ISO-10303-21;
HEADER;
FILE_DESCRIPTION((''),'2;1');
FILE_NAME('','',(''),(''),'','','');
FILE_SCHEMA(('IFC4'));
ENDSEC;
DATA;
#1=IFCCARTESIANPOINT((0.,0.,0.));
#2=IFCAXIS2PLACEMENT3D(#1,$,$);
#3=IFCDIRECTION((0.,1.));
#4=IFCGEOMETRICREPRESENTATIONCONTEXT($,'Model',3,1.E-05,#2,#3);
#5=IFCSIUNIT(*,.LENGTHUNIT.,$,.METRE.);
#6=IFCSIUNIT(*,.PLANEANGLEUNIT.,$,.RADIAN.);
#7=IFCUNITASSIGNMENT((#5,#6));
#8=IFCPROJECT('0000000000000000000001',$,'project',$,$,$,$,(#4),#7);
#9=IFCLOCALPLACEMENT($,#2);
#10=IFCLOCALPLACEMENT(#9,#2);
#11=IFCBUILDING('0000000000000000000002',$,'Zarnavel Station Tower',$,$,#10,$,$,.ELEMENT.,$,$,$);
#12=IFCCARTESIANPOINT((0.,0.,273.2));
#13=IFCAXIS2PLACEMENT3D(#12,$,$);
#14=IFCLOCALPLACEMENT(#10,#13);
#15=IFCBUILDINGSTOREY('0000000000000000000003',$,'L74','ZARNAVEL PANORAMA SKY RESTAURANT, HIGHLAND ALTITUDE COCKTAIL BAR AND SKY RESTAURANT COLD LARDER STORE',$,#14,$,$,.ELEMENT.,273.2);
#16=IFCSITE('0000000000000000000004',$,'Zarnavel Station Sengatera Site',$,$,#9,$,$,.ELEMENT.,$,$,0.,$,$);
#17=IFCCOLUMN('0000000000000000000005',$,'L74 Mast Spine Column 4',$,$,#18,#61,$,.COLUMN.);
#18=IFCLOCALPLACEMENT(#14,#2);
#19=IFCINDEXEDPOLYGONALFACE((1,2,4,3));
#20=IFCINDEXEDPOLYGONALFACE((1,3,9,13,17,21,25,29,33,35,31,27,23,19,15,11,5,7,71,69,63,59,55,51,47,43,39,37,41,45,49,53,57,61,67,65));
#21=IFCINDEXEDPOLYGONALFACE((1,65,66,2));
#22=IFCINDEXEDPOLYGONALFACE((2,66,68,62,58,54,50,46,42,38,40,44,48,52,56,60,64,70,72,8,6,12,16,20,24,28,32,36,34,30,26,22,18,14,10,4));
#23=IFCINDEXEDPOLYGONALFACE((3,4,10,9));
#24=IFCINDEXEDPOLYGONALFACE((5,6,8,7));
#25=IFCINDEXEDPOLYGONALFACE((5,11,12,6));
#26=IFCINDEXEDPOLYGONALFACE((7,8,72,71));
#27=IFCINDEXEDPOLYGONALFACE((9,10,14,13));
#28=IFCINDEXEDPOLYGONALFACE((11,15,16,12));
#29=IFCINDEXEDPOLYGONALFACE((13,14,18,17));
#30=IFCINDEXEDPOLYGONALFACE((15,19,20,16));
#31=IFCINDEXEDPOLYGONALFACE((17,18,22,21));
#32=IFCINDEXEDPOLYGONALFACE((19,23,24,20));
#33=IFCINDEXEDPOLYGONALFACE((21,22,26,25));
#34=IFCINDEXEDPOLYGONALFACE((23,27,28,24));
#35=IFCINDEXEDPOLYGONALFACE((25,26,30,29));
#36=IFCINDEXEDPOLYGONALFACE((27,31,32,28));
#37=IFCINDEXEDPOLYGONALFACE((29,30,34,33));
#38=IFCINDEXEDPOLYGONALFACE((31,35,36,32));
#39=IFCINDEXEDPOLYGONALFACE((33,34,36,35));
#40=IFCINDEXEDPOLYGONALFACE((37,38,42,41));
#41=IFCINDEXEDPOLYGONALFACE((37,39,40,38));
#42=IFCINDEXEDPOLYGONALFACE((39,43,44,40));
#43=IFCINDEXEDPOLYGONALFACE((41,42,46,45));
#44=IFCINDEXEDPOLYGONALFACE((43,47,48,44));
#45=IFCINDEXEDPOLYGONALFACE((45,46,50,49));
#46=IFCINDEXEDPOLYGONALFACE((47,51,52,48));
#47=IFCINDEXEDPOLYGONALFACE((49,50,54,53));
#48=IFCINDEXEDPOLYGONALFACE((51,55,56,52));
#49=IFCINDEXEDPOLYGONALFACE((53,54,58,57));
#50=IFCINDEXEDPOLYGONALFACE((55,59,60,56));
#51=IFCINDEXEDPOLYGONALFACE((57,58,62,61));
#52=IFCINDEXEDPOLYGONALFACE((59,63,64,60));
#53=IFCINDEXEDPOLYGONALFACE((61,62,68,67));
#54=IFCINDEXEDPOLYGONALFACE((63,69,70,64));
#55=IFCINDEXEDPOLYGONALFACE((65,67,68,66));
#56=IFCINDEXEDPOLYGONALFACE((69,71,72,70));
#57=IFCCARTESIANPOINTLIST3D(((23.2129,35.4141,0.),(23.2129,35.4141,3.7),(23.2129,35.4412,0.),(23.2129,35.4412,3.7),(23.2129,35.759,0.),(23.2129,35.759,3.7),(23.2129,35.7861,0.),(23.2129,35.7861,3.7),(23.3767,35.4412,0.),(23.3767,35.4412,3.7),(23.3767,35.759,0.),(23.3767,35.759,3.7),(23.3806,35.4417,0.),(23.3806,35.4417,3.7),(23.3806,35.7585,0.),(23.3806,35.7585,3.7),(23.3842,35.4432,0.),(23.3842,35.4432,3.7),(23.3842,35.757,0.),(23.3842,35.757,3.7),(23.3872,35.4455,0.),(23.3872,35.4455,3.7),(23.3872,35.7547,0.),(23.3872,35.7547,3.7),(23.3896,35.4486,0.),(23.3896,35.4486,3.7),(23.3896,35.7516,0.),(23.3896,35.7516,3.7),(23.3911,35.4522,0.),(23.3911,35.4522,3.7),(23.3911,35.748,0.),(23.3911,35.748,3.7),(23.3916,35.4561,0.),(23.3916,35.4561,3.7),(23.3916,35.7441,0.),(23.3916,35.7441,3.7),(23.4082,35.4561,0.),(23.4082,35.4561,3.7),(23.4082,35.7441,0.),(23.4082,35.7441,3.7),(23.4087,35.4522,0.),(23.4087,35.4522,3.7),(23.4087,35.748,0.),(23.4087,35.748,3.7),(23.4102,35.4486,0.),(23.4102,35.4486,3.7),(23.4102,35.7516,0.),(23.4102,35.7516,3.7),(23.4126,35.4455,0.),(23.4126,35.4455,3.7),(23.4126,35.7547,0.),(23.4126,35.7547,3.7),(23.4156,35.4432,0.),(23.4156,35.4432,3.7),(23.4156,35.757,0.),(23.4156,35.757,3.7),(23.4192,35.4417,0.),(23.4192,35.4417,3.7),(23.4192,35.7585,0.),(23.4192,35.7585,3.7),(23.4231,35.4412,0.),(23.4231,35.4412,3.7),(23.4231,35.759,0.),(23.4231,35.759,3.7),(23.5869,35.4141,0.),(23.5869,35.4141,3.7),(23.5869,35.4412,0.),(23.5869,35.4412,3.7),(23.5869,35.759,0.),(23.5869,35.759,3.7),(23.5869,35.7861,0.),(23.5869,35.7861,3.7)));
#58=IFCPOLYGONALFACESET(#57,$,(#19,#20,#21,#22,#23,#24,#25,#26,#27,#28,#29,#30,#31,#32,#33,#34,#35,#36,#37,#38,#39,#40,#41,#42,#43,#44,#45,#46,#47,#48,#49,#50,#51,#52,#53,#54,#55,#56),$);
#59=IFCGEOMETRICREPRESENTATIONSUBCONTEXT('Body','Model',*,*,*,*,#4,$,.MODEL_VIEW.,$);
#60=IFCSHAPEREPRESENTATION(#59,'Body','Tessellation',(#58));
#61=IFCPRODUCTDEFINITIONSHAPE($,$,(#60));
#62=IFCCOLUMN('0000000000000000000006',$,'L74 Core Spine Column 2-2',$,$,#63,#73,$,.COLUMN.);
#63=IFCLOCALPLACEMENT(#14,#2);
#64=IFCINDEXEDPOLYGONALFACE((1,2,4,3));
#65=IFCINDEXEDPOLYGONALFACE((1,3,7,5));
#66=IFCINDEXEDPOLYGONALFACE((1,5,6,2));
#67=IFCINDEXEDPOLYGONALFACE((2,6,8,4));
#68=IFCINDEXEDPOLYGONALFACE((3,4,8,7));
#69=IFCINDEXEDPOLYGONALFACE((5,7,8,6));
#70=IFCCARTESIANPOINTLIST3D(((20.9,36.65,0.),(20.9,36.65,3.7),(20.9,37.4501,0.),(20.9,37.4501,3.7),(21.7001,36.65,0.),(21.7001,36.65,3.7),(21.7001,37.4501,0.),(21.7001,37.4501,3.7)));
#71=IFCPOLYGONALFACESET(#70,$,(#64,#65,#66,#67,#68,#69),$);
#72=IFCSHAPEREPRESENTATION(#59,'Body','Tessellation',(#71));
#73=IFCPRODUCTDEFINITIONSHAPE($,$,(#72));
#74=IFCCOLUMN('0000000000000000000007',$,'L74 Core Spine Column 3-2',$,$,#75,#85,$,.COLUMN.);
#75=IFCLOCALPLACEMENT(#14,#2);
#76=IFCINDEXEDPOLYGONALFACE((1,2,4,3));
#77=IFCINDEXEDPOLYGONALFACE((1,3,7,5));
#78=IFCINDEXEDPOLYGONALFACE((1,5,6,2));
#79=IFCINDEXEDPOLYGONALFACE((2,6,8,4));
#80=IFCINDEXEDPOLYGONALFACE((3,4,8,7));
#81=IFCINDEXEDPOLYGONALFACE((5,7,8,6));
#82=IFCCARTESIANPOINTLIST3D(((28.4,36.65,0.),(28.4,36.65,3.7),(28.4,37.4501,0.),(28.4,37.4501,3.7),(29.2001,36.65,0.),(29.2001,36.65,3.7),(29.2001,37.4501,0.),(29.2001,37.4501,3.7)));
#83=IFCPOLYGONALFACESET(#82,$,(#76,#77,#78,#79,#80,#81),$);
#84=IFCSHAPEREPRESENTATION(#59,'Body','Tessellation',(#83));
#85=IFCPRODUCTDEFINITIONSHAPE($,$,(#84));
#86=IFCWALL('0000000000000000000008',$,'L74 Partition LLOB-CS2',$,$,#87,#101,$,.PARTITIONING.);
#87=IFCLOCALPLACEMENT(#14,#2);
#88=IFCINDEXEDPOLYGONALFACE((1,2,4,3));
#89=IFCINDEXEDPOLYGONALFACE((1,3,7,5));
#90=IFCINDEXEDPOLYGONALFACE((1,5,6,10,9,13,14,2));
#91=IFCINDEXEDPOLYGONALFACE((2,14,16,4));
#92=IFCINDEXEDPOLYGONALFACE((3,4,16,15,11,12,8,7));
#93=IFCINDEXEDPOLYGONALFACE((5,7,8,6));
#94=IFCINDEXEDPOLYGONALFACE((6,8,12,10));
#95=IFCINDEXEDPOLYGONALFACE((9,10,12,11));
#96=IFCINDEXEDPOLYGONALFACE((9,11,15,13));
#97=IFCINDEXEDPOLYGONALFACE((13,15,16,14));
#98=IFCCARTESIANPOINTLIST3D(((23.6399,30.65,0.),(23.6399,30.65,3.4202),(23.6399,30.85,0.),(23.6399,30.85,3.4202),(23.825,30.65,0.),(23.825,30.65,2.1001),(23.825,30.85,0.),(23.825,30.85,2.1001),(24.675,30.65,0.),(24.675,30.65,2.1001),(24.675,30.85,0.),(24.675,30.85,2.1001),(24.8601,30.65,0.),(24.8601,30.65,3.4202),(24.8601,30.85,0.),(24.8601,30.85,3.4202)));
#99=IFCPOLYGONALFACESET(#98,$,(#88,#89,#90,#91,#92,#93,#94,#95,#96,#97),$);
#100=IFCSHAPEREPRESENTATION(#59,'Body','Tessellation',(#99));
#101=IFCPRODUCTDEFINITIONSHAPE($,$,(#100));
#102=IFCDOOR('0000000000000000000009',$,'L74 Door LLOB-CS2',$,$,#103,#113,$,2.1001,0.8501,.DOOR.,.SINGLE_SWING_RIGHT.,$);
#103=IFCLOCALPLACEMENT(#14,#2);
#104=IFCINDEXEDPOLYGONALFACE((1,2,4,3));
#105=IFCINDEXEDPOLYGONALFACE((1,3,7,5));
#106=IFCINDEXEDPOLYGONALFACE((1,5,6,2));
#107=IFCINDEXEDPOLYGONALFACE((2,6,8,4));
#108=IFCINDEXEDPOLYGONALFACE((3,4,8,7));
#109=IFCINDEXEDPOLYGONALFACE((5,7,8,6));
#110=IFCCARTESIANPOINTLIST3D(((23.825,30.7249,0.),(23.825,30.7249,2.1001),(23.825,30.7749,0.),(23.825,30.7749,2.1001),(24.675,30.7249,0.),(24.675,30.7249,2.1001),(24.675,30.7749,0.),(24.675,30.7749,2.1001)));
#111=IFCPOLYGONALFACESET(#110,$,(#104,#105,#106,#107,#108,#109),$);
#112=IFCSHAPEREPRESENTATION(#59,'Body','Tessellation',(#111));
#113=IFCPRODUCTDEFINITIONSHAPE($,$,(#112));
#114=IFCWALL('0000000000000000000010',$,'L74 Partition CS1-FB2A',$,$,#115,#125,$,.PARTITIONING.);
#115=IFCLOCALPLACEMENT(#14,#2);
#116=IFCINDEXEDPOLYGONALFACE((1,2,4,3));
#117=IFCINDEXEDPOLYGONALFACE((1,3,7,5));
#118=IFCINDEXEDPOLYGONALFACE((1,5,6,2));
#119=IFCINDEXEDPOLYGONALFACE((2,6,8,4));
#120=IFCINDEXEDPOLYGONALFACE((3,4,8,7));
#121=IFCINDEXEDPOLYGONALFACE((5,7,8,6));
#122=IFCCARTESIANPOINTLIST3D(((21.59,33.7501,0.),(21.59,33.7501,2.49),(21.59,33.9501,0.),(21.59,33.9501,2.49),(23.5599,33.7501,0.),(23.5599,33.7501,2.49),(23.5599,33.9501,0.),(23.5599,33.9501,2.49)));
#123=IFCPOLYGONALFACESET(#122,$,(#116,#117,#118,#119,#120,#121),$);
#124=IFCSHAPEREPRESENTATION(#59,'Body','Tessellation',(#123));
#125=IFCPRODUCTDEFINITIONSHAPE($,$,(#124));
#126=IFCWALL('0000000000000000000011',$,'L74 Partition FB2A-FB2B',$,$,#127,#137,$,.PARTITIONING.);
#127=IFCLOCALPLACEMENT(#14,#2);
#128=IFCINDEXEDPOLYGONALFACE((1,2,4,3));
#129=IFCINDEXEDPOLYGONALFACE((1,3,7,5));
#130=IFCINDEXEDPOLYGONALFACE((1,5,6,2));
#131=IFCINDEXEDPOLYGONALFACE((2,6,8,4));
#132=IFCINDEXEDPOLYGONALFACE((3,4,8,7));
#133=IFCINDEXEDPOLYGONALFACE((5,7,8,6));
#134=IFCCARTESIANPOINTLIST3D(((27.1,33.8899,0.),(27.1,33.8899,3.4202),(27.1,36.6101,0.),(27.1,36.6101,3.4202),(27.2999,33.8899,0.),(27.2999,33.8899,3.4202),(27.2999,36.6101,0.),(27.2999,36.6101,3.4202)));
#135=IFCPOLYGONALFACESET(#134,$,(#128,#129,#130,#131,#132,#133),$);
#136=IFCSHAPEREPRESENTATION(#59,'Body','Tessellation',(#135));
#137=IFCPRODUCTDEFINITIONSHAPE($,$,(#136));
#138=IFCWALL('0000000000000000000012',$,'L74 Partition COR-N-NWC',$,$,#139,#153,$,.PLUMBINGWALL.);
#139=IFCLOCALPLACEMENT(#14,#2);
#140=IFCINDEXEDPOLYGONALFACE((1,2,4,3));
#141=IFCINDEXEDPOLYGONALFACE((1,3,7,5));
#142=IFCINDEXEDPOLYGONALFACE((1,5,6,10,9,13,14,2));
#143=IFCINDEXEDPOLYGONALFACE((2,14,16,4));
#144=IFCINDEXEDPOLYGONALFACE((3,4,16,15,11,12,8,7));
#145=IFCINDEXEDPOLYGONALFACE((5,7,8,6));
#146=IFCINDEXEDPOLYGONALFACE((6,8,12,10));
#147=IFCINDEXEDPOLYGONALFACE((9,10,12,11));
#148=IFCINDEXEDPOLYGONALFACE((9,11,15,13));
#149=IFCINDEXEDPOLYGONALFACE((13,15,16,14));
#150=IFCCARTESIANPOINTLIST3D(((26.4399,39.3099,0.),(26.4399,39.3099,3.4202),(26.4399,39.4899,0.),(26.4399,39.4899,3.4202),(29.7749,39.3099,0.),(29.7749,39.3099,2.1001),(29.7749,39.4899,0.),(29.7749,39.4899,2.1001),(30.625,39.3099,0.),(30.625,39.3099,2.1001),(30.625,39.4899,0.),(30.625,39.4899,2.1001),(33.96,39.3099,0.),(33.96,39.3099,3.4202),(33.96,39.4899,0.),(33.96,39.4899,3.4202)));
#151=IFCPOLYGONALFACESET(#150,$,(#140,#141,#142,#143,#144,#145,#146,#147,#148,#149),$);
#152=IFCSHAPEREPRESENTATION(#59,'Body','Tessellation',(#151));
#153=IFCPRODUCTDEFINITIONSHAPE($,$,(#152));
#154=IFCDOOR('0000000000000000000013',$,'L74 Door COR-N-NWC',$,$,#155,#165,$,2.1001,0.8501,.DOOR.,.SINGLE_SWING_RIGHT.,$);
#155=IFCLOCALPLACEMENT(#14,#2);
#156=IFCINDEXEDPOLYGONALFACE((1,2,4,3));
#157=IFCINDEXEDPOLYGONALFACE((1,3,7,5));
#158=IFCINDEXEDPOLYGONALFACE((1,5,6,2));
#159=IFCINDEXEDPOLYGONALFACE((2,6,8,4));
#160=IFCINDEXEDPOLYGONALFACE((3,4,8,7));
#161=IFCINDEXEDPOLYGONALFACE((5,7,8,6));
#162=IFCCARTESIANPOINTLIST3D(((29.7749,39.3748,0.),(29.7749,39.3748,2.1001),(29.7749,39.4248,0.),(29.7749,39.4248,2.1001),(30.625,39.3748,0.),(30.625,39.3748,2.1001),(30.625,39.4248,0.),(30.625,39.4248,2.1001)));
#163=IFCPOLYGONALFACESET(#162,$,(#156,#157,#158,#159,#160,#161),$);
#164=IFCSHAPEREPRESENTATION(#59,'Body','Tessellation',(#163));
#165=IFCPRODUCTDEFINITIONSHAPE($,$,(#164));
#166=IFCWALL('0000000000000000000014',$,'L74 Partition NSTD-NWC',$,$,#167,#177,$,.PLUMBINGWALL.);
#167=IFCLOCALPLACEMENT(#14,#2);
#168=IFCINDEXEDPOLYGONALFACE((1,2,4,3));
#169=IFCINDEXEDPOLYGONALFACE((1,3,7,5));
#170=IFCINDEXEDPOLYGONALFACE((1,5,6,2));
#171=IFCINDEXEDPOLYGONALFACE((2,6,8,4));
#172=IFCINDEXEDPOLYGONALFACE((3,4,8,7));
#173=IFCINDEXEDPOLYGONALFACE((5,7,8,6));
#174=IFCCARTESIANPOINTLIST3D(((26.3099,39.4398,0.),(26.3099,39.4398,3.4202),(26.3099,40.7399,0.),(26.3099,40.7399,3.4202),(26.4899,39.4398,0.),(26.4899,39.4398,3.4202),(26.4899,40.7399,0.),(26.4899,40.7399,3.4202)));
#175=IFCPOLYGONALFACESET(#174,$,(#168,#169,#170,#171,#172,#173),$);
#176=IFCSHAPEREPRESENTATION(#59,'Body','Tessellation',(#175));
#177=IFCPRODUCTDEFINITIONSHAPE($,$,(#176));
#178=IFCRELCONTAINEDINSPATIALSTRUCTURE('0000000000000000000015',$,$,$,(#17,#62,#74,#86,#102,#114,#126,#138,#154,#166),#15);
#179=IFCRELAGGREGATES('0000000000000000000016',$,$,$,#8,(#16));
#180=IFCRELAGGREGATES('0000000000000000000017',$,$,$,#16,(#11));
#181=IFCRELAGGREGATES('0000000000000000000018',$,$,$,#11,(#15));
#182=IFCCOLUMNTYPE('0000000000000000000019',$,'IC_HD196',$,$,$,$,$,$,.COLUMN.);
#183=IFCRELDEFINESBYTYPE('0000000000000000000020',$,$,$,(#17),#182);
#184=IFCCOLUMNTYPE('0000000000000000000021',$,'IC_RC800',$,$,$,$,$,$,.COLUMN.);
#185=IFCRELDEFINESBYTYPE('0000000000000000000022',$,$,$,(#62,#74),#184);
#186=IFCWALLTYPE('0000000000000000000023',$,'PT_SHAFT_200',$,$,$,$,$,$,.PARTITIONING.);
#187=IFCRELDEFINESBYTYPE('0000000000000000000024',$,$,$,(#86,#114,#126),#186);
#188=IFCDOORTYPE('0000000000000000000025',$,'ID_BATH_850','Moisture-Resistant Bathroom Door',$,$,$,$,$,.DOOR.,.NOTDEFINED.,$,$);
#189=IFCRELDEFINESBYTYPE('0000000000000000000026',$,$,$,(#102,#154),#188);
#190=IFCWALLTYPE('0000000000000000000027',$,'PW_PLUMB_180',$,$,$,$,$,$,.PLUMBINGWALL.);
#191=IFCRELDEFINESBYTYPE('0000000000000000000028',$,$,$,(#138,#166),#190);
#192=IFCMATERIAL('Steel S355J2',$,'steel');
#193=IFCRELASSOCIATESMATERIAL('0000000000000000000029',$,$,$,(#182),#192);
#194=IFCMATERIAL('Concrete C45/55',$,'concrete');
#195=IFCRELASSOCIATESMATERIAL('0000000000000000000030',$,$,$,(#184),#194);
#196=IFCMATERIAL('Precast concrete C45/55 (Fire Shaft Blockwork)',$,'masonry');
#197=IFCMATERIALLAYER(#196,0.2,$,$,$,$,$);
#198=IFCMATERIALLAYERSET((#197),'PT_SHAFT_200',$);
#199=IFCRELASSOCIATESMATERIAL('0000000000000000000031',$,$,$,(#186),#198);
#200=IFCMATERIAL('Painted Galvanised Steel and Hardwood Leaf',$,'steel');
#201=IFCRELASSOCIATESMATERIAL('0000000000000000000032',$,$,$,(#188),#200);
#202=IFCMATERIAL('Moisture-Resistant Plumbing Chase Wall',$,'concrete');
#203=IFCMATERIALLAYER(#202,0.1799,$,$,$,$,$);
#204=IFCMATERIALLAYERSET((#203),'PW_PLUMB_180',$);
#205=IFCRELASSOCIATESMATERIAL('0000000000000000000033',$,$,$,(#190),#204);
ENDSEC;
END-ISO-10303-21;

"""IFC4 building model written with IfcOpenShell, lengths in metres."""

from ifc_helpers import new_model, si_unit, direction, frame, frame_2d, origin, origin_2d, place, context, subcontext, project, spatial, rectangle, i_section, extrude, material, layer, layer_set, material_profile, profile_set, type_object, element, fill, save


model = new_model("IFC4")

# Units and contexts
model_context = context("Model", 3, precision=1e-05, world=origin(), true_north=direction((0.0, 1.0)))
body_context = subcontext(model_context, "Body", "Model", "MODEL_VIEW")
ifc_project = project(units=[si_unit("LENGTHUNIT", "METRE"), si_unit("PLANEANGLEUNIT", "RADIAN")], contexts=[model_context])

# Site, building, storey
site_placement = place(None, origin())
site = spatial("IfcSite", under=ifc_project, at=site_placement, Name="Zarnavel Station Sengatera Site", CompositionType="ELEMENT", RefElevation=0.0)
building_placement = place(site_placement, origin())
building = spatial("IfcBuilding", under=site, at=building_placement, Name="Zarnavel Station Tower", CompositionType="ELEMENT")
storey_placement = place(building_placement, frame((0.0, 0.0, 273.2)))
storey = spatial("IfcBuildingStorey", under=building, at=storey_placement, Name="L74", Description="ZARNAVEL PANORAMA SKY RESTAURANT, HIGHLAND ALTITUDE COCKTAIL BAR AND SKY RESTAURANT COLD LARDER STORE", CompositionType="ELEMENT", Elevation=273.2)

# Columns
ifc_material_1 = material(Name="Steel S355J2", Category="steel")
ifc_material_profile_1 = material_profile(ifc_material_1, i_section(OverallWidth=0.374, OverallDepth=0.3721, WebThickness=0.0166, FlangeThickness=0.0271, FilletRadius=0.0149, at=origin_2d()), Name="HD360x196")
ifc_profile_set_1 = profile_set([ifc_material_profile_1], Name="Steel S355J2")
column_type_1 = type_object("IfcColumnType", Name="IC_HD196", PredefinedType="COLUMN", material=ifc_profile_set_1)
column_placement = place(storey_placement, frame((23.3999, 35.6001, 0.0), z_axis=(0.0, 0.0, 1.0), x_axis=(1.0, 0.0, 0.0)))
element("IfcColumn", 1, at=column_placement, inside=storey, type_object=column_type_1, Name="L74 Mast Spine Column 4", PredefinedType="COLUMN", context=body_context, shape_type="SweptSolid", body=[
    extrude(i_section(OverallWidth=0.374, OverallDepth=0.3721, WebThickness=0.0166, FlangeThickness=0.0271, FilletRadius=0.0149, at=origin_2d()), origin(), (0.0, 0.0, 1.0), 3.7),
])
ifc_material_2 = material(Name="Concrete C45/55", Category="concrete")
ifc_material_profile_2 = material_profile(ifc_material_2, rectangle(XDim=0.8, YDim=0.8, at=origin_2d()), Name="RC800x800")
ifc_profile_set_2 = profile_set([ifc_material_profile_2], Name="Concrete C45/55")
column_type_2 = type_object("IfcColumnType", Name="IC_RC800", PredefinedType="COLUMN", material=ifc_profile_set_2)
for number, where, z_axis, x_axis, name in (
    (2, (21.3, 37.05, 0.0), (0.0, 0.0, 1.0), (1.0, 0.0, 0.0), "L74 Core Spine Column 2-2"),
    (3, (28.8, 37.05, 0.0), (0.0, 0.0, 1.0), (1.0, 0.0, 0.0), "L74 Core Spine Column 3-2"),
):
    element("IfcColumn", number, at=place(storey_placement, frame(where, z_axis=z_axis, x_axis=x_axis)), inside=storey, type_object=column_type_2, Name=name, PredefinedType="COLUMN", context=body_context, shape_type="SweptSolid", body=[
        extrude(rectangle(XDim=0.8, YDim=0.8, at=origin_2d()), origin(), (0.0, 0.0, 1.0), 3.7),
    ])

# Wall, opening, door
ifc_material_3 = material(Name="Precast concrete C45/55 (Fire Shaft Blockwork)", Category="masonry")
ifc_layer_1 = layer(ifc_material_3, 0.2)
ifc_layer_set_1 = layer_set([ifc_layer_1], Name="PT_SHAFT_200")
wall_type_1 = type_object("IfcWallType", Name="PT_SHAFT_200", PredefinedType="PARTITIONING", material=ifc_layer_set_1)
wall_1_placement = place(storey_placement, frame((23.6399, 30.75, 0.0), z_axis=(0.0, 0.0, 1.0), x_axis=(1.0, 0.0, 0.0)))
wall_1 = element("IfcWall", 4, at=wall_1_placement, inside=storey, type_object=wall_type_1, Name="L74 Partition LLOB-CS2", PredefinedType="PARTITIONING", context=body_context, shape_type="SweptSolid", body=[
    extrude(rectangle(XDim=1.2202, YDim=0.2, at=frame_2d((0.6101, 0.0))), origin(), (0.0, 0.0, 1.0), 3.4202),
])
opening_1_placement = place(wall_1_placement, frame((0.1851, 0.0, 0.0)))
opening_1 = element("IfcOpeningElement", 5, at=opening_1_placement, cuts=wall_1, PredefinedType="OPENING", context=body_context, shape_type="SweptSolid", body=[
    extrude(rectangle(XDim=0.8501, YDim=2.1001, at=frame_2d((0.425, 1.05))), frame((0.0, 0.1099, 0.0), z_axis=(0.0, -1.0, 0.0), x_axis=(1.0, 0.0, 0.0)), (0.0, 0.0, 1.0), 0.22),
])
ifc_material_4 = material(Name="Painted Galvanised Steel and Hardwood Leaf", Category="steel")
door_type_1 = type_object("IfcDoorType", Name="ID_BATH_850", Description="Moisture-Resistant Bathroom Door", OperationType="NOTDEFINED", PredefinedType="DOOR", material=ifc_material_4)
door_1_placement = place(opening_1_placement, origin())
door_1 = element("IfcDoor", 6, at=door_1_placement, inside=storey, type_object=door_type_1, Name="L74 Door LLOB-CS2", OperationType="SINGLE_SWING_RIGHT", OverallHeight=2.1001, OverallWidth=0.8501, PredefinedType="DOOR", context=body_context, shape_type="SweptSolid", body=[
    extrude(rectangle(XDim=0.8501, YDim=2.1001, at=frame_2d((0.425, 1.05))), frame((0.0, 0.0249, 0.0), z_axis=(0.0, -1.0, 0.0), x_axis=(1.0, 0.0, 0.0)), (0.0, 0.0, 1.0), 0.05),
])
fill(opening_1, door_1)

# Walls
wall_2_placement = place(storey_placement, frame((21.5901, 33.8501, 0.0), z_axis=(0.0, 0.0, 1.0), x_axis=(1.0, 0.0, 0.0)))
element("IfcWall", 7, at=wall_2_placement, inside=storey, type_object=wall_type_1, Name="L74 Partition CS1-FB2A", PredefinedType="PARTITIONING", context=body_context, shape_type="SweptSolid", body=[
    extrude(rectangle(XDim=1.97, YDim=0.2, at=frame_2d((0.9849, 0.0))), origin(), (0.0, 0.0, 1.0), 2.49),
])
wall_3_placement = place(storey_placement, frame((27.2, 33.8899, 0.0), z_axis=(0.0, 0.0, 1.0), x_axis=(0.0, 1.0, 0.0)))
element("IfcWall", 8, at=wall_3_placement, inside=storey, type_object=wall_type_1, Name="L74 Partition FB2A-FB2B", PredefinedType="PARTITIONING", context=body_context, shape_type="SweptSolid", body=[
    extrude(rectangle(XDim=2.7202, YDim=0.2, at=frame_2d((1.3601, 0.0))), origin(), (0.0, 0.0, 1.0), 3.4202),
])

# Wall, opening, door
ifc_material_5 = material(Name="Moisture-Resistant Plumbing Chase Wall", Category="concrete")
ifc_layer_2 = layer(ifc_material_5, 0.1799)
ifc_layer_set_2 = layer_set([ifc_layer_2], Name="PW_PLUMB_180")
wall_type_2 = type_object("IfcWallType", Name="PW_PLUMB_180", PredefinedType="PLUMBINGWALL", material=ifc_layer_set_2)
wall_4_placement = place(storey_placement, frame((26.4399, 39.3999, 0.0), z_axis=(0.0, 0.0, 1.0), x_axis=(1.0, 0.0, 0.0)))
wall_4 = element("IfcWall", 9, at=wall_4_placement, inside=storey, type_object=wall_type_2, Name="L74 Partition COR-N-NWC", PredefinedType="PLUMBINGWALL", context=body_context, shape_type="SweptSolid", body=[
    extrude(rectangle(XDim=7.52, YDim=0.1799, at=frame_2d((3.76, 0.0))), origin(), (0.0, 0.0, 1.0), 3.4202),
])
opening_2_placement = place(wall_4_placement, frame((3.335, 0.0, 0.0)))
opening_2 = element("IfcOpeningElement", 10, at=opening_2_placement, cuts=wall_4, PredefinedType="OPENING", context=body_context, shape_type="SweptSolid", body=[
    extrude(rectangle(XDim=0.8501, YDim=2.1001, at=frame_2d((0.425, 1.05))), frame((0.0, 0.0999, 0.0), z_axis=(0.0, -1.0, 0.0), x_axis=(1.0, 0.0, 0.0)), (0.0, 0.0, 1.0), 0.2),
])
door_2_placement = place(opening_2_placement, origin())
door_2 = element("IfcDoor", 11, at=door_2_placement, inside=storey, type_object=door_type_1, Name="L74 Door COR-N-NWC", OperationType="SINGLE_SWING_RIGHT", OverallHeight=2.1001, OverallWidth=0.8501, PredefinedType="DOOR", context=body_context, shape_type="SweptSolid", body=[
    extrude(rectangle(XDim=0.8501, YDim=2.1001, at=frame_2d((0.425, 1.05))), frame((0.0, 0.0249, 0.0), z_axis=(0.0, -1.0, 0.0), x_axis=(1.0, 0.0, 0.0)), (0.0, 0.0, 1.0), 0.05),
])
fill(opening_2, door_2)

# Wall
wall_5_placement = place(storey_placement, frame((26.3999, 39.4399, 0.0), z_axis=(0.0, 0.0, 1.0), x_axis=(0.0, 1.0, 0.0)))
element("IfcWall", 12, at=wall_5_placement, inside=storey, type_object=wall_type_2, Name="L74 Partition NSTD-NWC", PredefinedType="PLUMBINGWALL", context=body_context, shape_type="SweptSolid", body=[
    extrude(rectangle(XDim=1.3, YDim=0.1799, at=frame_2d((0.6499, 0.0))), origin(), (0.0, 0.0, 1.0), 3.4202),
])

save(model, "model.ifc")
